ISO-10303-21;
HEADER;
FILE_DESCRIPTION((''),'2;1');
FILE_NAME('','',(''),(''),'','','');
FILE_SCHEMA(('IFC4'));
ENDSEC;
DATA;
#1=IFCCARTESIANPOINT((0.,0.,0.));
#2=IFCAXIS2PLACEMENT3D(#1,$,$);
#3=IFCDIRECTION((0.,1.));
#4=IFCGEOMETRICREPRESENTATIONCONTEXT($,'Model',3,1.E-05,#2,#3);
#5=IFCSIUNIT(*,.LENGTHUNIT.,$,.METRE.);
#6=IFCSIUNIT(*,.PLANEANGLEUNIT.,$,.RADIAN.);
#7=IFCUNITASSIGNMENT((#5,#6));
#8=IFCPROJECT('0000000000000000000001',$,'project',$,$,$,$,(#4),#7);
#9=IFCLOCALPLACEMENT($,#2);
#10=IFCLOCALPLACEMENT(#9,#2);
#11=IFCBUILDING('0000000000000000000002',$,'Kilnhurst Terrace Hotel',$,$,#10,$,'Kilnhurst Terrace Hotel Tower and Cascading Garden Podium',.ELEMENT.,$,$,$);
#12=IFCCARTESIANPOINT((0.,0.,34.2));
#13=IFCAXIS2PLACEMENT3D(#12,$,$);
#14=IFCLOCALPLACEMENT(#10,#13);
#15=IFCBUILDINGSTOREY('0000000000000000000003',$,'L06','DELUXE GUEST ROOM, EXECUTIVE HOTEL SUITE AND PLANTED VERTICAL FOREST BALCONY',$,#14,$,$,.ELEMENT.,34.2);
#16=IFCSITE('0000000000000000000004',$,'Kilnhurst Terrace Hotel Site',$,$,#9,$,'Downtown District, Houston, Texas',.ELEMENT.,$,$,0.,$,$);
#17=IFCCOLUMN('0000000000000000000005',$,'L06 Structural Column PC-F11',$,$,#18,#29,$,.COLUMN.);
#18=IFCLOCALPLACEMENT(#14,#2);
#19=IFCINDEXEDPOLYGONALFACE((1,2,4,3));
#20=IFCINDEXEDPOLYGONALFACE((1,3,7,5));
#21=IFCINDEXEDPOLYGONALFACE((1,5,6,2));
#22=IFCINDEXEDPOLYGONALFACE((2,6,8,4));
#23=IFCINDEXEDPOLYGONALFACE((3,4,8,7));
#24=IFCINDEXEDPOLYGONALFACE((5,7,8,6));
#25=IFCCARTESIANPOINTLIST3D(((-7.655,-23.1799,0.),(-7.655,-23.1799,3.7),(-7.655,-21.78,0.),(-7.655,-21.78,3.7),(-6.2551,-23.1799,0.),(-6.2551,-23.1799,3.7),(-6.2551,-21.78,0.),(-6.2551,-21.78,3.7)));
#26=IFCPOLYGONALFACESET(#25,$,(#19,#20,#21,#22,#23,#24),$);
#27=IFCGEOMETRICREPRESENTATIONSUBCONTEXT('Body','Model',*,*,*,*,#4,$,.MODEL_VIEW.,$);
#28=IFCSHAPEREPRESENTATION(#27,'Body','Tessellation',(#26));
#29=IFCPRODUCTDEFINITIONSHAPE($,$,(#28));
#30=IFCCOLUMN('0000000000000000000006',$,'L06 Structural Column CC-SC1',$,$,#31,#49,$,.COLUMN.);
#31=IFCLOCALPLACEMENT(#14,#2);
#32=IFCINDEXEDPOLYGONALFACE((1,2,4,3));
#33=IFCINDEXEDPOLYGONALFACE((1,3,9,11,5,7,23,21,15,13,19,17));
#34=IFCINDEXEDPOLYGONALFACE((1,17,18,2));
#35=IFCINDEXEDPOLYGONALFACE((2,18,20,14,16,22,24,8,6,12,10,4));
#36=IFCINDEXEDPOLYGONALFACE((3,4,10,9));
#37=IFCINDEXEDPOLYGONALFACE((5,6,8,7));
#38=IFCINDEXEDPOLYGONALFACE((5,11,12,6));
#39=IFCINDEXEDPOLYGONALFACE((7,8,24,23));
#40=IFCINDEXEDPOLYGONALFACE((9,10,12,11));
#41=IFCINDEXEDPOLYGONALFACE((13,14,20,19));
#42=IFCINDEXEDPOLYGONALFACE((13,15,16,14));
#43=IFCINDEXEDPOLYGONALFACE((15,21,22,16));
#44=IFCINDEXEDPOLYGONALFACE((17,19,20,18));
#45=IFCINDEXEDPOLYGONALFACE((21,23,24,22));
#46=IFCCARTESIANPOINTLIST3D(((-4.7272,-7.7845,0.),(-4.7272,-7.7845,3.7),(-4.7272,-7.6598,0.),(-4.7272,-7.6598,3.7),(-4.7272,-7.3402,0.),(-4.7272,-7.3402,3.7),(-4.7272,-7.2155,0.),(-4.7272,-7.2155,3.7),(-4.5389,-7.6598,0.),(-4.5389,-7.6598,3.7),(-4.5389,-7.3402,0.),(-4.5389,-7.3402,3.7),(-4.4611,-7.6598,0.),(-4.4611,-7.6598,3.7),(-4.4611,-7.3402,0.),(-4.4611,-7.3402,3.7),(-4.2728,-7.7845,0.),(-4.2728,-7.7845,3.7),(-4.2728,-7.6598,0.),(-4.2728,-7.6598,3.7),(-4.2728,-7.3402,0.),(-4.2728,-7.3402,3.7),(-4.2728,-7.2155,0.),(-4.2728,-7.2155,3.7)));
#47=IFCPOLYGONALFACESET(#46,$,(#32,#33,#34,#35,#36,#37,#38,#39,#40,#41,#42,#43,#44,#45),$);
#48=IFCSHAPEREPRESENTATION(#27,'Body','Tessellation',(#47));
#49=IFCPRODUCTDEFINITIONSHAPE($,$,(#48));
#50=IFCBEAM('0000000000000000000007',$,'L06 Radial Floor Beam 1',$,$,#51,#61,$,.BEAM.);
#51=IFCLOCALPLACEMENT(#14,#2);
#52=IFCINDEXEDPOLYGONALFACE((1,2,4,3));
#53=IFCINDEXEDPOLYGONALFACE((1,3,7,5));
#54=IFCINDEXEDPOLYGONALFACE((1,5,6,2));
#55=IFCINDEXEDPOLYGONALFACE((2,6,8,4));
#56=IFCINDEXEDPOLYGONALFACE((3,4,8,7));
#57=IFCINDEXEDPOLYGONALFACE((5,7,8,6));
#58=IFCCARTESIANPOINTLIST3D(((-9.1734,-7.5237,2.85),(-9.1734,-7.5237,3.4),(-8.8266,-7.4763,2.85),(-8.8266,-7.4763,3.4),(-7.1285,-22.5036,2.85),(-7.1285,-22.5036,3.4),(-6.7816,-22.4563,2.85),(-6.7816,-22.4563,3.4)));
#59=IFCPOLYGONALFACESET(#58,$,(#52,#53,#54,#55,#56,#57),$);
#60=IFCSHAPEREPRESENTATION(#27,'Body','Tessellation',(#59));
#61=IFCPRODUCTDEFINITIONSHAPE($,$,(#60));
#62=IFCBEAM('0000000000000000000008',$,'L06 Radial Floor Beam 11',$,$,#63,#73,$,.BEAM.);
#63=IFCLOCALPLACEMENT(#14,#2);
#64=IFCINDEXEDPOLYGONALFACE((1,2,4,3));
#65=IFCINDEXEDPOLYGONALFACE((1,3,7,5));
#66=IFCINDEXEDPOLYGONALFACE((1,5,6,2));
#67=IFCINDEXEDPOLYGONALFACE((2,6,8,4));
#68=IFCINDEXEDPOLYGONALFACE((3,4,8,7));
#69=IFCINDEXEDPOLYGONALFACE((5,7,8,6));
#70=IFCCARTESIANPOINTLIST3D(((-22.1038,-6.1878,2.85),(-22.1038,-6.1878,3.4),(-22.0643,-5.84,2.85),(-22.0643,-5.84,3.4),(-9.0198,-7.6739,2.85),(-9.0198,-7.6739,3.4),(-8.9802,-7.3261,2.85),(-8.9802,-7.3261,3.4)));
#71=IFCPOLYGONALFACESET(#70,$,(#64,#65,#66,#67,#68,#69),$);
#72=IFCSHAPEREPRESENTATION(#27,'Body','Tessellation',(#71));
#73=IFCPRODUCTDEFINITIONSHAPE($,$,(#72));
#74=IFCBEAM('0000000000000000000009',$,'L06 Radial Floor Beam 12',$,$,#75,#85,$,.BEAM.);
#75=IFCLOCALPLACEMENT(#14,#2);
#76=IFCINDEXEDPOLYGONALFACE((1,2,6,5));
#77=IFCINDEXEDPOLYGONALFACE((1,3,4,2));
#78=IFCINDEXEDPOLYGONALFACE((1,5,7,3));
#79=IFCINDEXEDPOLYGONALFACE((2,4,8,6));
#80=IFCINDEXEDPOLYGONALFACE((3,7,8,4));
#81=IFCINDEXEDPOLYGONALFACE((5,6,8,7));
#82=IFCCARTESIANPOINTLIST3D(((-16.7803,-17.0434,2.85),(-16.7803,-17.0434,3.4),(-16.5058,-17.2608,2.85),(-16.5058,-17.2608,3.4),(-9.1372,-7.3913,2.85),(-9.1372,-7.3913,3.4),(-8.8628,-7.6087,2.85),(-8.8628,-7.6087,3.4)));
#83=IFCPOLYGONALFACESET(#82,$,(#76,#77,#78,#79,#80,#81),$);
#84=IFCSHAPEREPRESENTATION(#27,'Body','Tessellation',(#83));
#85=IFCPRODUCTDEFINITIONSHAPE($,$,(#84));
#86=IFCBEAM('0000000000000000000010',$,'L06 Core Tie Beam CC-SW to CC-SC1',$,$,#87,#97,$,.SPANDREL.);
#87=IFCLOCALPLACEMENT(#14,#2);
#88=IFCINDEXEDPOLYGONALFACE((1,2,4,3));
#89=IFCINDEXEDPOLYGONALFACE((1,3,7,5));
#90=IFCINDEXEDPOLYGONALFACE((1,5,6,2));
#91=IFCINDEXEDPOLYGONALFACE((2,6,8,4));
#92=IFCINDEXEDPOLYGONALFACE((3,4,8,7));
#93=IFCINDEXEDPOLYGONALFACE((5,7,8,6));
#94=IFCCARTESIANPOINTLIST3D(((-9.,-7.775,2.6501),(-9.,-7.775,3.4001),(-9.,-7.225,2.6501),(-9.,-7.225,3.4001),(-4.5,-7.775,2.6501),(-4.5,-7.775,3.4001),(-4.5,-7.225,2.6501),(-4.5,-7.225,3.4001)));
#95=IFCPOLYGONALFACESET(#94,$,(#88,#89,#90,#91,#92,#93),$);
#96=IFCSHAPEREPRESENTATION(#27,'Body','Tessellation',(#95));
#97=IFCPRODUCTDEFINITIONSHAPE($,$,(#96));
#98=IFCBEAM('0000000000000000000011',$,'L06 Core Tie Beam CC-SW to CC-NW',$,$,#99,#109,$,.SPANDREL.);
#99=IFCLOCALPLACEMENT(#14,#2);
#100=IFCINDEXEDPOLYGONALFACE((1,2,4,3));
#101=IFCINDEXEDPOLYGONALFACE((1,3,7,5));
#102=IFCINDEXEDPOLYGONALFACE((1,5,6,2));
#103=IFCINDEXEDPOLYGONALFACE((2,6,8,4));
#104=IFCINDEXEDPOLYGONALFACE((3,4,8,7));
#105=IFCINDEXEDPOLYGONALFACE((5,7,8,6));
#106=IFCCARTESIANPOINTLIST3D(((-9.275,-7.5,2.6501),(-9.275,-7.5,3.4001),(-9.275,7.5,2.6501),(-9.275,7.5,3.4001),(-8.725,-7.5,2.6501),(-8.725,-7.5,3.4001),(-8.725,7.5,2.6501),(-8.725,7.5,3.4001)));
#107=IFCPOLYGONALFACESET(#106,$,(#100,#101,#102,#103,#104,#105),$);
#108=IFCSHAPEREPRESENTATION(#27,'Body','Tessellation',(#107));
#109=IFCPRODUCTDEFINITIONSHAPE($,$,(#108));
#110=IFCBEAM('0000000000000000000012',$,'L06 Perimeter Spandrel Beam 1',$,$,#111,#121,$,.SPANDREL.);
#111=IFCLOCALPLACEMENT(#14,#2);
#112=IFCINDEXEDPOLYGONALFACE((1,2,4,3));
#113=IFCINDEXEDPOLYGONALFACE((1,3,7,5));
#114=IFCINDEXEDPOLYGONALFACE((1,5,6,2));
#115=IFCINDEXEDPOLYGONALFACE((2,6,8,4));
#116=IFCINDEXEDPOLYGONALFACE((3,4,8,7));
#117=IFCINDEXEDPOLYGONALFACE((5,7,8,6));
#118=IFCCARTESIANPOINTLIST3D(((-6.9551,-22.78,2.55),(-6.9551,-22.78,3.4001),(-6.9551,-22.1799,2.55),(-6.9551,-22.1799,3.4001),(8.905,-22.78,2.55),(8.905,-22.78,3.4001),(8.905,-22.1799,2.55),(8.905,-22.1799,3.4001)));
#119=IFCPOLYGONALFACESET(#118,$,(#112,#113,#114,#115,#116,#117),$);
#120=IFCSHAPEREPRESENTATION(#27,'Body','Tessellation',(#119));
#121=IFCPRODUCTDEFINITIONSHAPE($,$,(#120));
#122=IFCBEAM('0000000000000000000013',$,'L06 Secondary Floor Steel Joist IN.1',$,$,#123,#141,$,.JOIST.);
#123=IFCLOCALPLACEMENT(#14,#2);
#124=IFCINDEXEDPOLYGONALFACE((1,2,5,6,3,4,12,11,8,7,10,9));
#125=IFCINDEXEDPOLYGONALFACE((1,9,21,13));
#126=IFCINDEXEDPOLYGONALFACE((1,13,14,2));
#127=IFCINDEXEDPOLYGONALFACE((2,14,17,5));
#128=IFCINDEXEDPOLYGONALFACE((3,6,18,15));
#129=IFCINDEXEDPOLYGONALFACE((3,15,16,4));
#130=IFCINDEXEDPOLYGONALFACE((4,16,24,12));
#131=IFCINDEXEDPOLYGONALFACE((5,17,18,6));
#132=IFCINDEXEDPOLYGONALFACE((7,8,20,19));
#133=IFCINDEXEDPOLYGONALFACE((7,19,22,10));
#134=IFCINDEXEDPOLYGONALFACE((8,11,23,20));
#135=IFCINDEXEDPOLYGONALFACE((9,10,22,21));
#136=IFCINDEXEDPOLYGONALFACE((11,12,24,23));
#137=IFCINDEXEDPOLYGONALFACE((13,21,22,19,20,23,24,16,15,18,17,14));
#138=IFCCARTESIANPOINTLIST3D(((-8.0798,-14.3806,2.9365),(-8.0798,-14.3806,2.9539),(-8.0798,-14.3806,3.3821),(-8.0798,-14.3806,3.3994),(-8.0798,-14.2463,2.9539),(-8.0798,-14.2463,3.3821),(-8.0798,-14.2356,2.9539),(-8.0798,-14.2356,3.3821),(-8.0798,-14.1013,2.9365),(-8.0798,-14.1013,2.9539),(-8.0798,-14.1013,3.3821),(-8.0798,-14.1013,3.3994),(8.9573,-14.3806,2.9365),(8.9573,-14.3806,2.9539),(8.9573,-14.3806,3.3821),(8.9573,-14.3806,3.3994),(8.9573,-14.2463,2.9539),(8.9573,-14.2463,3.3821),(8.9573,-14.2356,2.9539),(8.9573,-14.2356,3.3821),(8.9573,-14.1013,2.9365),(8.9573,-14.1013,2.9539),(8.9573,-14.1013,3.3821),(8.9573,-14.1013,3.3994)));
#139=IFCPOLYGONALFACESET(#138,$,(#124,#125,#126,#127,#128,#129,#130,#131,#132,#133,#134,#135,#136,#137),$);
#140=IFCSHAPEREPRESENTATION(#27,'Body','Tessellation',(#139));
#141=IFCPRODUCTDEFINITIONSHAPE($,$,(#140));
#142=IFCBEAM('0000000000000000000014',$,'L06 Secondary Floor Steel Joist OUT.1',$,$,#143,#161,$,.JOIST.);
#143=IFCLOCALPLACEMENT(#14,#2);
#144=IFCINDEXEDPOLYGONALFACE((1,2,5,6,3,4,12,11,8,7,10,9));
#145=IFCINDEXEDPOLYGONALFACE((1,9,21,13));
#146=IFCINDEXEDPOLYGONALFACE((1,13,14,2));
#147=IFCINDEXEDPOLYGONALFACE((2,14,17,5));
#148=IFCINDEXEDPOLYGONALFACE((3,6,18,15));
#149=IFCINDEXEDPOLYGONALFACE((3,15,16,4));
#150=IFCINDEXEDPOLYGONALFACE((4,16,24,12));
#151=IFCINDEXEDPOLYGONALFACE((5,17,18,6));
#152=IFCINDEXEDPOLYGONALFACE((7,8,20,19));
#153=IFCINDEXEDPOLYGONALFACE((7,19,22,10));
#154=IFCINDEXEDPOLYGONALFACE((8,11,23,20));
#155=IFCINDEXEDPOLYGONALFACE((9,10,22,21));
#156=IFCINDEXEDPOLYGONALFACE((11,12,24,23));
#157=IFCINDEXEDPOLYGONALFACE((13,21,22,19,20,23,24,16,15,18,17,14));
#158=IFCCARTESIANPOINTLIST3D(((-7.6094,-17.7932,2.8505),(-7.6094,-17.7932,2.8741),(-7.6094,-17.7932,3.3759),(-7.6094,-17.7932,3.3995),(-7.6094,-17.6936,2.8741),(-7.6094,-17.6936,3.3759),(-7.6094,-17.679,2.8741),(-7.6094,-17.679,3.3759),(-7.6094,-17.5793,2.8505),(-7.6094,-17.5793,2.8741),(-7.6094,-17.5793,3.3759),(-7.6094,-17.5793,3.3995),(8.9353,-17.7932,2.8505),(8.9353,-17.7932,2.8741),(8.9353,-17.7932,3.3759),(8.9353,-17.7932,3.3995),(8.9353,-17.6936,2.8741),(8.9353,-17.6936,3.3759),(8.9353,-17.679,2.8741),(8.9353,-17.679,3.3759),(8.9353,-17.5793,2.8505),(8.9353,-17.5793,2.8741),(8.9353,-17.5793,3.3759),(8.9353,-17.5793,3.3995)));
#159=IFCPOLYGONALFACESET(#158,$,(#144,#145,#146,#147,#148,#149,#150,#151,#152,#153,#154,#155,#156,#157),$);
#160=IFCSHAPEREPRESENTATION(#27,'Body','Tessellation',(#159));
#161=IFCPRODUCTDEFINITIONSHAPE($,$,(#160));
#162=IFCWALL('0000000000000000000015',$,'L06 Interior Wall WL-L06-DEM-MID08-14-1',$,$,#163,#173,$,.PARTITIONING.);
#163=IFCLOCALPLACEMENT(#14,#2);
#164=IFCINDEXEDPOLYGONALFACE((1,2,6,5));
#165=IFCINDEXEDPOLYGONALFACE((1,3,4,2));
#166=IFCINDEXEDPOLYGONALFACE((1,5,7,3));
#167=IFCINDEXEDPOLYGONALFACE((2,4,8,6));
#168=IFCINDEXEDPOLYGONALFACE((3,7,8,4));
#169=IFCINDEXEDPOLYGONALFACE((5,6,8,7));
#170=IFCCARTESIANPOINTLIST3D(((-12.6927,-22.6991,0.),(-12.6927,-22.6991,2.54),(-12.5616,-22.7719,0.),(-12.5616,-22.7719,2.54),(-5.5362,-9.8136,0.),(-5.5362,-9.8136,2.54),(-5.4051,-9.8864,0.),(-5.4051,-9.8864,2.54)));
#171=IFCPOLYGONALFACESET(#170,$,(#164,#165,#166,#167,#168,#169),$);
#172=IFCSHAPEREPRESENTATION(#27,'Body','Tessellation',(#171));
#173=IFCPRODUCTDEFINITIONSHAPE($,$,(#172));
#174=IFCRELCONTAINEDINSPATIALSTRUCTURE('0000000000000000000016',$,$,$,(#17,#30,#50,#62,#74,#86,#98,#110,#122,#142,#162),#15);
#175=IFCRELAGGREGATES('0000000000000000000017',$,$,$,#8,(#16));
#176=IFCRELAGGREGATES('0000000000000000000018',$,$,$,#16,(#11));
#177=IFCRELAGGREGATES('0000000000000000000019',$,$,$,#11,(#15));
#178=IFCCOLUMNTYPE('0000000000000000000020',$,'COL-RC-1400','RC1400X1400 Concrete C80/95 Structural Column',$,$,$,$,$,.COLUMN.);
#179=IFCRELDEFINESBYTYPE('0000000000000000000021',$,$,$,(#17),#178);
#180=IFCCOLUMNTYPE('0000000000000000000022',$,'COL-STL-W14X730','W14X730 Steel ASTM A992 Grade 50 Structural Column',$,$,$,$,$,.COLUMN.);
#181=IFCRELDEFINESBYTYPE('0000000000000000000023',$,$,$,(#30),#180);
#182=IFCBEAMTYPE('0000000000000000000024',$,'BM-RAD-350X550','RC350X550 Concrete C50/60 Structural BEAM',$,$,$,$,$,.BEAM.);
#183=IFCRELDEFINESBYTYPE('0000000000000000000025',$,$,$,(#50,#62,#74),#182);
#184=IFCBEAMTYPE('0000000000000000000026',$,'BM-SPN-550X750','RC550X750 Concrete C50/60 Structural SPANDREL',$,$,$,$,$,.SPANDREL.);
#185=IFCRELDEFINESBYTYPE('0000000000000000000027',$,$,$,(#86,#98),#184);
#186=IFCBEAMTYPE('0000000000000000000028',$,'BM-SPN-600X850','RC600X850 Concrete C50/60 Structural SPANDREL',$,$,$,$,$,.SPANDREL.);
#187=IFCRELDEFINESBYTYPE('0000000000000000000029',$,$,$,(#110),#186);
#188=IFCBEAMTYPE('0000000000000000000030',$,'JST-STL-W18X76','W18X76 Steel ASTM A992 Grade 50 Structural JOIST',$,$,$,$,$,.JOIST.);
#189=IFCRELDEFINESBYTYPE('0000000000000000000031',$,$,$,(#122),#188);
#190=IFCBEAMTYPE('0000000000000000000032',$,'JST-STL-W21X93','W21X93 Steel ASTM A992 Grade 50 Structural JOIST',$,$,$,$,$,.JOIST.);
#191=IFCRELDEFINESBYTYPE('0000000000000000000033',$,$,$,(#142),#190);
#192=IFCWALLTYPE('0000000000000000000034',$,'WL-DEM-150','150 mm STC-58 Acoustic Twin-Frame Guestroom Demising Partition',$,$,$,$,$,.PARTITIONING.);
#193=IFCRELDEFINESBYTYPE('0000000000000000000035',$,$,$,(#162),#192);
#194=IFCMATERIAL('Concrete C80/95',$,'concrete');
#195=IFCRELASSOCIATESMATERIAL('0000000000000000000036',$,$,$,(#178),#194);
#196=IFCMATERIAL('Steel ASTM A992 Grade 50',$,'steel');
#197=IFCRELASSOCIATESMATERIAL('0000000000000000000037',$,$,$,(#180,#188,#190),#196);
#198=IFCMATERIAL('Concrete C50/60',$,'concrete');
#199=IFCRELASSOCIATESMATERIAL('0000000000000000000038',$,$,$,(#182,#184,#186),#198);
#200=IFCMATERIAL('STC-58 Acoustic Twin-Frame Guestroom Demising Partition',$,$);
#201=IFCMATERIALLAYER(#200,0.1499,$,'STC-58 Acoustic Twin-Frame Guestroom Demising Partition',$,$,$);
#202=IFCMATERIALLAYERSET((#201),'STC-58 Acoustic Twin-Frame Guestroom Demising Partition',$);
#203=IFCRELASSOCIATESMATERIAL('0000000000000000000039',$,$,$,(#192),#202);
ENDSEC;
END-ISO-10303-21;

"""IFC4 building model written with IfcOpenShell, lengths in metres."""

from ifc_helpers import new_model, si_unit, direction, frame, frame_2d, origin, origin_2d, place, context, subcontext, project, spatial, rectangle, i_section, extrude, material, layer, layer_set, material_profile, profile_set, type_object, element, save


model = new_model("IFC4")

# Units and contexts
model_context = context("Model", 3, precision=1e-05, world=origin(), true_north=direction((0.0, 1.0)))
body_context = subcontext(model_context, "Body", "Model", "MODEL_VIEW")
ifc_project = project(units=[si_unit("LENGTHUNIT", "METRE"), si_unit("PLANEANGLEUNIT", "RADIAN")], contexts=[model_context])

# Site, building, storey
site_placement = place(None, origin())
site = spatial("IfcSite", under=ifc_project, at=site_placement, Name="Kilnhurst Terrace Hotel Site", LongName="Downtown District, Houston, Texas", CompositionType="ELEMENT", RefElevation=0.0)
building_placement = place(site_placement, origin())
building = spatial("IfcBuilding", under=site, at=building_placement, Name="Kilnhurst Terrace Hotel", LongName="Kilnhurst Terrace Hotel Tower and Cascading Garden Podium", CompositionType="ELEMENT")
storey_placement = place(building_placement, frame((0.0, 0.0, 34.2)))
storey = spatial("IfcBuildingStorey", under=building, at=storey_placement, Name="L06", Description="DELUXE GUEST ROOM, EXECUTIVE HOTEL SUITE AND PLANTED VERTICAL FOREST BALCONY", CompositionType="ELEMENT", Elevation=34.2)

# Columns
ifc_material_1 = material(Name="Concrete C80/95", Category="concrete")
ifc_material_profile_1 = material_profile(ifc_material_1, rectangle(XDim=1.3999, YDim=1.3999, at=origin_2d()), Name="RC1400X1400")
ifc_profile_set_1 = profile_set([ifc_material_profile_1], Name="Concrete C80/95")
column_type_1 = type_object("IfcColumnType", Name="COL-RC-1400", Description="RC1400X1400 Concrete C80/95 Structural Column", PredefinedType="COLUMN", material=ifc_profile_set_1)
column_1_placement = place(storey_placement, frame((-6.9551, -22.48, 0.0), z_axis=(0.0, 0.0, 1.0), x_axis=(1.0, 0.0, 0.0)))
element("IfcColumn", 1, at=column_1_placement, inside=storey, type_object=column_type_1, Name="L06 Structural Column PC-F11", PredefinedType="COLUMN", context=body_context, shape_type="SweptSolid", body=[
    extrude(rectangle(XDim=1.3999, YDim=1.3999, at=origin_2d()), origin(), (0.0, 0.0, 1.0), 3.7),
])
ifc_material_2 = material(Name="Steel ASTM A992 Grade 50", Category="steel")
ifc_material_profile_2 = material_profile(ifc_material_2, i_section(OverallWidth=0.4543, OverallDepth=0.5691, WebThickness=0.0779, FlangeThickness=0.1248, at=origin_2d()), Name="W14X730")
ifc_profile_set_2 = profile_set([ifc_material_profile_2], Name="Steel ASTM A992 Grade 50")
column_type_2 = type_object("IfcColumnType", Name="COL-STL-W14X730", Description="W14X730 Steel ASTM A992 Grade 50 Structural Column", PredefinedType="COLUMN", material=ifc_profile_set_2)
column_2_placement = place(storey_placement, frame((-4.5, -7.5, 0.0), z_axis=(0.0, 0.0, 1.0), x_axis=(1.0, 0.0, 0.0)))
element("IfcColumn", 2, at=column_2_placement, inside=storey, type_object=column_type_2, Name="L06 Structural Column CC-SC1", PredefinedType="COLUMN", context=body_context, shape_type="SweptSolid", body=[
    extrude(i_section(OverallWidth=0.4543, OverallDepth=0.5691, WebThickness=0.0779, FlangeThickness=0.1248, at=origin_2d()), origin(), (0.0, 0.0, 1.0), 3.7),
])

# Beams
ifc_material_3 = material(Name="Concrete C50/60", Category="concrete")
ifc_material_profile_3 = material_profile(ifc_material_3, rectangle(XDim=0.3501, YDim=0.55, at=origin_2d()), Name="RC350X550")
ifc_profile_set_3 = profile_set([ifc_material_profile_3], Name="Concrete C50/60")
beam_type_1 = type_object("IfcBeamType", Name="BM-RAD-350X550", Description="RC350X550 Concrete C50/60 Structural BEAM", PredefinedType="BEAM", material=ifc_profile_set_3)
beam_1_placement = place(storey_placement, frame((-9.0, -7.5, 3.125), z_axis=(0.135256, -0.990811, 0.0), x_axis=(0.990811, 0.135256, 0.0)))
element("IfcBeam", 3, at=beam_1_placement, inside=storey, type_object=beam_type_1, Name="L06 Radial Floor Beam 1", PredefinedType="BEAM", context=body_context, shape_type="SweptSolid", body=[
    extrude(rectangle(XDim=0.3501, YDim=0.55, at=origin_2d()), origin(), (0.0, 0.0, 1.0), 15.1189),
])
beam_2_placement = place(storey_placement, frame((-9.0, -7.5, 3.125), z_axis=(-0.993611, 0.112855, 0.0), x_axis=(-0.112855, -0.993611, 0.0)))
element("IfcBeam", 4, at=beam_2_placement, inside=storey, type_object=beam_type_1, Name="L06 Radial Floor Beam 11", PredefinedType="BEAM", context=body_context, shape_type="SweptSolid", body=[
    extrude(rectangle(XDim=0.3501, YDim=0.55, at=origin_2d()), origin(), (0.0, 0.0, 1.0), 13.1682),
])
beam_3_placement = place(storey_placement, frame((-9.0, -7.5, 3.125), z_axis=(-0.620794, -0.783974, 0.0), x_axis=(0.783974, -0.620794, 0.0)))
element("IfcBeam", 5, at=beam_3_placement, inside=storey, type_object=beam_type_1, Name="L06 Radial Floor Beam 12", PredefinedType="BEAM", context=body_context, shape_type="SweptSolid", body=[
    extrude(rectangle(XDim=0.3501, YDim=0.55, at=origin_2d()), origin(), (0.0, 0.0, 1.0), 12.3118),
])
ifc_material_profile_4 = material_profile(ifc_material_3, rectangle(XDim=0.55, YDim=0.75, at=origin_2d()), Name="RC550X750")
ifc_profile_set_4 = profile_set([ifc_material_profile_4], Name="Concrete C50/60")
beam_type_2 = type_object("IfcBeamType", Name="BM-SPN-550X750", Description="RC550X750 Concrete C50/60 Structural SPANDREL", PredefinedType="SPANDREL", material=ifc_profile_set_4)
beam_4_placement = place(storey_placement, frame((-9.0, -7.5, 3.0251), z_axis=(1.0, 0.0, 0.0), x_axis=(0.0, 1.0, 0.0)))
element("IfcBeam", 6, at=beam_4_placement, inside=storey, type_object=beam_type_2, Name="L06 Core Tie Beam CC-SW to CC-SC1", PredefinedType="SPANDREL", context=body_context, shape_type="SweptSolid", body=[
    extrude(rectangle(XDim=0.55, YDim=0.75, at=origin_2d()), origin(), (0.0, 0.0, 1.0), 4.5),
])
beam_5_placement = place(storey_placement, frame((-9.0, -7.5, 3.0251), z_axis=(0.0, 1.0, 0.0), x_axis=(-1.0, 0.0, 0.0)))
element("IfcBeam", 7, at=beam_5_placement, inside=storey, type_object=beam_type_2, Name="L06 Core Tie Beam CC-SW to CC-NW", PredefinedType="SPANDREL", context=body_context, shape_type="SweptSolid", body=[
    extrude(rectangle(XDim=0.55, YDim=0.75, at=origin_2d()), origin(), (0.0, 0.0, 1.0), 15.0),
])
ifc_material_profile_5 = material_profile(ifc_material_3, rectangle(XDim=0.6001, YDim=0.8501, at=origin_2d()), Name="RC600X850")
ifc_profile_set_5 = profile_set([ifc_material_profile_5], Name="Concrete C50/60")
beam_type_3 = type_object("IfcBeamType", Name="BM-SPN-600X850", Description="RC600X850 Concrete C50/60 Structural SPANDREL", PredefinedType="SPANDREL", material=ifc_profile_set_5)
beam_6_placement = place(storey_placement, frame((-6.9551, -22.48, 2.9751), z_axis=(1.0, 0.0, 0.0), x_axis=(0.0, 1.0, 0.0)))
element("IfcBeam", 8, at=beam_6_placement, inside=storey, type_object=beam_type_3, Name="L06 Perimeter Spandrel Beam 1", PredefinedType="SPANDREL", context=body_context, shape_type="SweptSolid", body=[
    extrude(rectangle(XDim=0.6001, YDim=0.8501, at=origin_2d()), origin(), (0.0, 0.0, 1.0), 15.8601),
])
ifc_material_profile_6 = material_profile(ifc_material_2, i_section(OverallWidth=0.2793, OverallDepth=0.4629, WebThickness=0.0107, FlangeThickness=0.0173, at=origin_2d()), Name="W18X76")
ifc_profile_set_6 = profile_set([ifc_material_profile_6], Name="Steel ASTM A992 Grade 50")
beam_type_4 = type_object("IfcBeamType", Name="JST-STL-W18X76", Description="W18X76 Steel ASTM A992 Grade 50 Structural JOIST", PredefinedType="JOIST", material=ifc_profile_set_6)
beam_7_placement = place(storey_placement, frame((-8.0798, -14.241, 3.168), z_axis=(1.0, 0.0, 0.0), x_axis=(0.0, 1.0, 0.0)))
element("IfcBeam", 9, at=beam_7_placement, inside=storey, type_object=beam_type_4, Name="L06 Secondary Floor Steel Joist IN.1", PredefinedType="JOIST", context=body_context, shape_type="SweptSolid", body=[
    extrude(i_section(OverallWidth=0.2793, OverallDepth=0.4629, WebThickness=0.0107, FlangeThickness=0.0173, at=origin_2d()), origin(), (0.0, 0.0, 1.0), 17.0371),
])
ifc_material_profile_7 = material_profile(ifc_material_2, i_section(OverallWidth=0.2139, OverallDepth=0.5491, WebThickness=0.0146, FlangeThickness=0.0237, at=origin_2d()), Name="W21X93")
ifc_profile_set_7 = profile_set([ifc_material_profile_7], Name="Steel ASTM A992 Grade 50")
beam_type_5 = type_object("IfcBeamType", Name="JST-STL-W21X93", Description="W21X93 Steel ASTM A992 Grade 50 Structural JOIST", PredefinedType="JOIST", material=ifc_profile_set_7)
beam_8_placement = place(storey_placement, frame((-7.6094, -17.6863, 3.125), z_axis=(1.0, 0.0, 0.0), x_axis=(0.0, 1.0, 0.0)))
element("IfcBeam", 10, at=beam_8_placement, inside=storey, type_object=beam_type_5, Name="L06 Secondary Floor Steel Joist OUT.1", PredefinedType="JOIST", context=body_context, shape_type="SweptSolid", body=[
    extrude(i_section(OverallWidth=0.2139, OverallDepth=0.5491, WebThickness=0.0146, FlangeThickness=0.0237, at=origin_2d()), origin(), (0.0, 0.0, 1.0), 16.5447),
])

# Wall
ifc_material_4 = material(Name="STC-58 Acoustic Twin-Frame Guestroom Demising Partition")
ifc_layer_1 = layer(ifc_material_4, 0.1499, Name="STC-58 Acoustic Twin-Frame Guestroom Demising Partition")
ifc_layer_set_1 = layer_set([ifc_layer_1], Name="STC-58 Acoustic Twin-Frame Guestroom Demising Partition")
wall_type_1 = type_object("IfcWallType", Name="WL-DEM-150", Description="150 mm STC-58 Acoustic Twin-Frame Guestroom Demising Partition", PredefinedType="PARTITIONING", material=ifc_layer_set_1)
wall_1_placement = place(storey_placement, frame((-5.4707, -9.8501, 0.0), z_axis=(0.0, 0.0, 1.0), x_axis=(-0.485533, -0.874218, 0.0)))
element("IfcWall", 11, at=wall_1_placement, inside=storey, type_object=wall_type_1, Name="L06 Interior Wall WL-L06-DEM-MID08-14-1", PredefinedType="PARTITIONING", context=body_context, shape_type="SweptSolid", body=[
    extrude(rectangle(XDim=14.7395, YDim=0.1499, at=frame_2d((7.3696, 0.0))), origin(), (0.0, 0.0, 1.0), 2.54),
])

save(model, "model.ifc")
